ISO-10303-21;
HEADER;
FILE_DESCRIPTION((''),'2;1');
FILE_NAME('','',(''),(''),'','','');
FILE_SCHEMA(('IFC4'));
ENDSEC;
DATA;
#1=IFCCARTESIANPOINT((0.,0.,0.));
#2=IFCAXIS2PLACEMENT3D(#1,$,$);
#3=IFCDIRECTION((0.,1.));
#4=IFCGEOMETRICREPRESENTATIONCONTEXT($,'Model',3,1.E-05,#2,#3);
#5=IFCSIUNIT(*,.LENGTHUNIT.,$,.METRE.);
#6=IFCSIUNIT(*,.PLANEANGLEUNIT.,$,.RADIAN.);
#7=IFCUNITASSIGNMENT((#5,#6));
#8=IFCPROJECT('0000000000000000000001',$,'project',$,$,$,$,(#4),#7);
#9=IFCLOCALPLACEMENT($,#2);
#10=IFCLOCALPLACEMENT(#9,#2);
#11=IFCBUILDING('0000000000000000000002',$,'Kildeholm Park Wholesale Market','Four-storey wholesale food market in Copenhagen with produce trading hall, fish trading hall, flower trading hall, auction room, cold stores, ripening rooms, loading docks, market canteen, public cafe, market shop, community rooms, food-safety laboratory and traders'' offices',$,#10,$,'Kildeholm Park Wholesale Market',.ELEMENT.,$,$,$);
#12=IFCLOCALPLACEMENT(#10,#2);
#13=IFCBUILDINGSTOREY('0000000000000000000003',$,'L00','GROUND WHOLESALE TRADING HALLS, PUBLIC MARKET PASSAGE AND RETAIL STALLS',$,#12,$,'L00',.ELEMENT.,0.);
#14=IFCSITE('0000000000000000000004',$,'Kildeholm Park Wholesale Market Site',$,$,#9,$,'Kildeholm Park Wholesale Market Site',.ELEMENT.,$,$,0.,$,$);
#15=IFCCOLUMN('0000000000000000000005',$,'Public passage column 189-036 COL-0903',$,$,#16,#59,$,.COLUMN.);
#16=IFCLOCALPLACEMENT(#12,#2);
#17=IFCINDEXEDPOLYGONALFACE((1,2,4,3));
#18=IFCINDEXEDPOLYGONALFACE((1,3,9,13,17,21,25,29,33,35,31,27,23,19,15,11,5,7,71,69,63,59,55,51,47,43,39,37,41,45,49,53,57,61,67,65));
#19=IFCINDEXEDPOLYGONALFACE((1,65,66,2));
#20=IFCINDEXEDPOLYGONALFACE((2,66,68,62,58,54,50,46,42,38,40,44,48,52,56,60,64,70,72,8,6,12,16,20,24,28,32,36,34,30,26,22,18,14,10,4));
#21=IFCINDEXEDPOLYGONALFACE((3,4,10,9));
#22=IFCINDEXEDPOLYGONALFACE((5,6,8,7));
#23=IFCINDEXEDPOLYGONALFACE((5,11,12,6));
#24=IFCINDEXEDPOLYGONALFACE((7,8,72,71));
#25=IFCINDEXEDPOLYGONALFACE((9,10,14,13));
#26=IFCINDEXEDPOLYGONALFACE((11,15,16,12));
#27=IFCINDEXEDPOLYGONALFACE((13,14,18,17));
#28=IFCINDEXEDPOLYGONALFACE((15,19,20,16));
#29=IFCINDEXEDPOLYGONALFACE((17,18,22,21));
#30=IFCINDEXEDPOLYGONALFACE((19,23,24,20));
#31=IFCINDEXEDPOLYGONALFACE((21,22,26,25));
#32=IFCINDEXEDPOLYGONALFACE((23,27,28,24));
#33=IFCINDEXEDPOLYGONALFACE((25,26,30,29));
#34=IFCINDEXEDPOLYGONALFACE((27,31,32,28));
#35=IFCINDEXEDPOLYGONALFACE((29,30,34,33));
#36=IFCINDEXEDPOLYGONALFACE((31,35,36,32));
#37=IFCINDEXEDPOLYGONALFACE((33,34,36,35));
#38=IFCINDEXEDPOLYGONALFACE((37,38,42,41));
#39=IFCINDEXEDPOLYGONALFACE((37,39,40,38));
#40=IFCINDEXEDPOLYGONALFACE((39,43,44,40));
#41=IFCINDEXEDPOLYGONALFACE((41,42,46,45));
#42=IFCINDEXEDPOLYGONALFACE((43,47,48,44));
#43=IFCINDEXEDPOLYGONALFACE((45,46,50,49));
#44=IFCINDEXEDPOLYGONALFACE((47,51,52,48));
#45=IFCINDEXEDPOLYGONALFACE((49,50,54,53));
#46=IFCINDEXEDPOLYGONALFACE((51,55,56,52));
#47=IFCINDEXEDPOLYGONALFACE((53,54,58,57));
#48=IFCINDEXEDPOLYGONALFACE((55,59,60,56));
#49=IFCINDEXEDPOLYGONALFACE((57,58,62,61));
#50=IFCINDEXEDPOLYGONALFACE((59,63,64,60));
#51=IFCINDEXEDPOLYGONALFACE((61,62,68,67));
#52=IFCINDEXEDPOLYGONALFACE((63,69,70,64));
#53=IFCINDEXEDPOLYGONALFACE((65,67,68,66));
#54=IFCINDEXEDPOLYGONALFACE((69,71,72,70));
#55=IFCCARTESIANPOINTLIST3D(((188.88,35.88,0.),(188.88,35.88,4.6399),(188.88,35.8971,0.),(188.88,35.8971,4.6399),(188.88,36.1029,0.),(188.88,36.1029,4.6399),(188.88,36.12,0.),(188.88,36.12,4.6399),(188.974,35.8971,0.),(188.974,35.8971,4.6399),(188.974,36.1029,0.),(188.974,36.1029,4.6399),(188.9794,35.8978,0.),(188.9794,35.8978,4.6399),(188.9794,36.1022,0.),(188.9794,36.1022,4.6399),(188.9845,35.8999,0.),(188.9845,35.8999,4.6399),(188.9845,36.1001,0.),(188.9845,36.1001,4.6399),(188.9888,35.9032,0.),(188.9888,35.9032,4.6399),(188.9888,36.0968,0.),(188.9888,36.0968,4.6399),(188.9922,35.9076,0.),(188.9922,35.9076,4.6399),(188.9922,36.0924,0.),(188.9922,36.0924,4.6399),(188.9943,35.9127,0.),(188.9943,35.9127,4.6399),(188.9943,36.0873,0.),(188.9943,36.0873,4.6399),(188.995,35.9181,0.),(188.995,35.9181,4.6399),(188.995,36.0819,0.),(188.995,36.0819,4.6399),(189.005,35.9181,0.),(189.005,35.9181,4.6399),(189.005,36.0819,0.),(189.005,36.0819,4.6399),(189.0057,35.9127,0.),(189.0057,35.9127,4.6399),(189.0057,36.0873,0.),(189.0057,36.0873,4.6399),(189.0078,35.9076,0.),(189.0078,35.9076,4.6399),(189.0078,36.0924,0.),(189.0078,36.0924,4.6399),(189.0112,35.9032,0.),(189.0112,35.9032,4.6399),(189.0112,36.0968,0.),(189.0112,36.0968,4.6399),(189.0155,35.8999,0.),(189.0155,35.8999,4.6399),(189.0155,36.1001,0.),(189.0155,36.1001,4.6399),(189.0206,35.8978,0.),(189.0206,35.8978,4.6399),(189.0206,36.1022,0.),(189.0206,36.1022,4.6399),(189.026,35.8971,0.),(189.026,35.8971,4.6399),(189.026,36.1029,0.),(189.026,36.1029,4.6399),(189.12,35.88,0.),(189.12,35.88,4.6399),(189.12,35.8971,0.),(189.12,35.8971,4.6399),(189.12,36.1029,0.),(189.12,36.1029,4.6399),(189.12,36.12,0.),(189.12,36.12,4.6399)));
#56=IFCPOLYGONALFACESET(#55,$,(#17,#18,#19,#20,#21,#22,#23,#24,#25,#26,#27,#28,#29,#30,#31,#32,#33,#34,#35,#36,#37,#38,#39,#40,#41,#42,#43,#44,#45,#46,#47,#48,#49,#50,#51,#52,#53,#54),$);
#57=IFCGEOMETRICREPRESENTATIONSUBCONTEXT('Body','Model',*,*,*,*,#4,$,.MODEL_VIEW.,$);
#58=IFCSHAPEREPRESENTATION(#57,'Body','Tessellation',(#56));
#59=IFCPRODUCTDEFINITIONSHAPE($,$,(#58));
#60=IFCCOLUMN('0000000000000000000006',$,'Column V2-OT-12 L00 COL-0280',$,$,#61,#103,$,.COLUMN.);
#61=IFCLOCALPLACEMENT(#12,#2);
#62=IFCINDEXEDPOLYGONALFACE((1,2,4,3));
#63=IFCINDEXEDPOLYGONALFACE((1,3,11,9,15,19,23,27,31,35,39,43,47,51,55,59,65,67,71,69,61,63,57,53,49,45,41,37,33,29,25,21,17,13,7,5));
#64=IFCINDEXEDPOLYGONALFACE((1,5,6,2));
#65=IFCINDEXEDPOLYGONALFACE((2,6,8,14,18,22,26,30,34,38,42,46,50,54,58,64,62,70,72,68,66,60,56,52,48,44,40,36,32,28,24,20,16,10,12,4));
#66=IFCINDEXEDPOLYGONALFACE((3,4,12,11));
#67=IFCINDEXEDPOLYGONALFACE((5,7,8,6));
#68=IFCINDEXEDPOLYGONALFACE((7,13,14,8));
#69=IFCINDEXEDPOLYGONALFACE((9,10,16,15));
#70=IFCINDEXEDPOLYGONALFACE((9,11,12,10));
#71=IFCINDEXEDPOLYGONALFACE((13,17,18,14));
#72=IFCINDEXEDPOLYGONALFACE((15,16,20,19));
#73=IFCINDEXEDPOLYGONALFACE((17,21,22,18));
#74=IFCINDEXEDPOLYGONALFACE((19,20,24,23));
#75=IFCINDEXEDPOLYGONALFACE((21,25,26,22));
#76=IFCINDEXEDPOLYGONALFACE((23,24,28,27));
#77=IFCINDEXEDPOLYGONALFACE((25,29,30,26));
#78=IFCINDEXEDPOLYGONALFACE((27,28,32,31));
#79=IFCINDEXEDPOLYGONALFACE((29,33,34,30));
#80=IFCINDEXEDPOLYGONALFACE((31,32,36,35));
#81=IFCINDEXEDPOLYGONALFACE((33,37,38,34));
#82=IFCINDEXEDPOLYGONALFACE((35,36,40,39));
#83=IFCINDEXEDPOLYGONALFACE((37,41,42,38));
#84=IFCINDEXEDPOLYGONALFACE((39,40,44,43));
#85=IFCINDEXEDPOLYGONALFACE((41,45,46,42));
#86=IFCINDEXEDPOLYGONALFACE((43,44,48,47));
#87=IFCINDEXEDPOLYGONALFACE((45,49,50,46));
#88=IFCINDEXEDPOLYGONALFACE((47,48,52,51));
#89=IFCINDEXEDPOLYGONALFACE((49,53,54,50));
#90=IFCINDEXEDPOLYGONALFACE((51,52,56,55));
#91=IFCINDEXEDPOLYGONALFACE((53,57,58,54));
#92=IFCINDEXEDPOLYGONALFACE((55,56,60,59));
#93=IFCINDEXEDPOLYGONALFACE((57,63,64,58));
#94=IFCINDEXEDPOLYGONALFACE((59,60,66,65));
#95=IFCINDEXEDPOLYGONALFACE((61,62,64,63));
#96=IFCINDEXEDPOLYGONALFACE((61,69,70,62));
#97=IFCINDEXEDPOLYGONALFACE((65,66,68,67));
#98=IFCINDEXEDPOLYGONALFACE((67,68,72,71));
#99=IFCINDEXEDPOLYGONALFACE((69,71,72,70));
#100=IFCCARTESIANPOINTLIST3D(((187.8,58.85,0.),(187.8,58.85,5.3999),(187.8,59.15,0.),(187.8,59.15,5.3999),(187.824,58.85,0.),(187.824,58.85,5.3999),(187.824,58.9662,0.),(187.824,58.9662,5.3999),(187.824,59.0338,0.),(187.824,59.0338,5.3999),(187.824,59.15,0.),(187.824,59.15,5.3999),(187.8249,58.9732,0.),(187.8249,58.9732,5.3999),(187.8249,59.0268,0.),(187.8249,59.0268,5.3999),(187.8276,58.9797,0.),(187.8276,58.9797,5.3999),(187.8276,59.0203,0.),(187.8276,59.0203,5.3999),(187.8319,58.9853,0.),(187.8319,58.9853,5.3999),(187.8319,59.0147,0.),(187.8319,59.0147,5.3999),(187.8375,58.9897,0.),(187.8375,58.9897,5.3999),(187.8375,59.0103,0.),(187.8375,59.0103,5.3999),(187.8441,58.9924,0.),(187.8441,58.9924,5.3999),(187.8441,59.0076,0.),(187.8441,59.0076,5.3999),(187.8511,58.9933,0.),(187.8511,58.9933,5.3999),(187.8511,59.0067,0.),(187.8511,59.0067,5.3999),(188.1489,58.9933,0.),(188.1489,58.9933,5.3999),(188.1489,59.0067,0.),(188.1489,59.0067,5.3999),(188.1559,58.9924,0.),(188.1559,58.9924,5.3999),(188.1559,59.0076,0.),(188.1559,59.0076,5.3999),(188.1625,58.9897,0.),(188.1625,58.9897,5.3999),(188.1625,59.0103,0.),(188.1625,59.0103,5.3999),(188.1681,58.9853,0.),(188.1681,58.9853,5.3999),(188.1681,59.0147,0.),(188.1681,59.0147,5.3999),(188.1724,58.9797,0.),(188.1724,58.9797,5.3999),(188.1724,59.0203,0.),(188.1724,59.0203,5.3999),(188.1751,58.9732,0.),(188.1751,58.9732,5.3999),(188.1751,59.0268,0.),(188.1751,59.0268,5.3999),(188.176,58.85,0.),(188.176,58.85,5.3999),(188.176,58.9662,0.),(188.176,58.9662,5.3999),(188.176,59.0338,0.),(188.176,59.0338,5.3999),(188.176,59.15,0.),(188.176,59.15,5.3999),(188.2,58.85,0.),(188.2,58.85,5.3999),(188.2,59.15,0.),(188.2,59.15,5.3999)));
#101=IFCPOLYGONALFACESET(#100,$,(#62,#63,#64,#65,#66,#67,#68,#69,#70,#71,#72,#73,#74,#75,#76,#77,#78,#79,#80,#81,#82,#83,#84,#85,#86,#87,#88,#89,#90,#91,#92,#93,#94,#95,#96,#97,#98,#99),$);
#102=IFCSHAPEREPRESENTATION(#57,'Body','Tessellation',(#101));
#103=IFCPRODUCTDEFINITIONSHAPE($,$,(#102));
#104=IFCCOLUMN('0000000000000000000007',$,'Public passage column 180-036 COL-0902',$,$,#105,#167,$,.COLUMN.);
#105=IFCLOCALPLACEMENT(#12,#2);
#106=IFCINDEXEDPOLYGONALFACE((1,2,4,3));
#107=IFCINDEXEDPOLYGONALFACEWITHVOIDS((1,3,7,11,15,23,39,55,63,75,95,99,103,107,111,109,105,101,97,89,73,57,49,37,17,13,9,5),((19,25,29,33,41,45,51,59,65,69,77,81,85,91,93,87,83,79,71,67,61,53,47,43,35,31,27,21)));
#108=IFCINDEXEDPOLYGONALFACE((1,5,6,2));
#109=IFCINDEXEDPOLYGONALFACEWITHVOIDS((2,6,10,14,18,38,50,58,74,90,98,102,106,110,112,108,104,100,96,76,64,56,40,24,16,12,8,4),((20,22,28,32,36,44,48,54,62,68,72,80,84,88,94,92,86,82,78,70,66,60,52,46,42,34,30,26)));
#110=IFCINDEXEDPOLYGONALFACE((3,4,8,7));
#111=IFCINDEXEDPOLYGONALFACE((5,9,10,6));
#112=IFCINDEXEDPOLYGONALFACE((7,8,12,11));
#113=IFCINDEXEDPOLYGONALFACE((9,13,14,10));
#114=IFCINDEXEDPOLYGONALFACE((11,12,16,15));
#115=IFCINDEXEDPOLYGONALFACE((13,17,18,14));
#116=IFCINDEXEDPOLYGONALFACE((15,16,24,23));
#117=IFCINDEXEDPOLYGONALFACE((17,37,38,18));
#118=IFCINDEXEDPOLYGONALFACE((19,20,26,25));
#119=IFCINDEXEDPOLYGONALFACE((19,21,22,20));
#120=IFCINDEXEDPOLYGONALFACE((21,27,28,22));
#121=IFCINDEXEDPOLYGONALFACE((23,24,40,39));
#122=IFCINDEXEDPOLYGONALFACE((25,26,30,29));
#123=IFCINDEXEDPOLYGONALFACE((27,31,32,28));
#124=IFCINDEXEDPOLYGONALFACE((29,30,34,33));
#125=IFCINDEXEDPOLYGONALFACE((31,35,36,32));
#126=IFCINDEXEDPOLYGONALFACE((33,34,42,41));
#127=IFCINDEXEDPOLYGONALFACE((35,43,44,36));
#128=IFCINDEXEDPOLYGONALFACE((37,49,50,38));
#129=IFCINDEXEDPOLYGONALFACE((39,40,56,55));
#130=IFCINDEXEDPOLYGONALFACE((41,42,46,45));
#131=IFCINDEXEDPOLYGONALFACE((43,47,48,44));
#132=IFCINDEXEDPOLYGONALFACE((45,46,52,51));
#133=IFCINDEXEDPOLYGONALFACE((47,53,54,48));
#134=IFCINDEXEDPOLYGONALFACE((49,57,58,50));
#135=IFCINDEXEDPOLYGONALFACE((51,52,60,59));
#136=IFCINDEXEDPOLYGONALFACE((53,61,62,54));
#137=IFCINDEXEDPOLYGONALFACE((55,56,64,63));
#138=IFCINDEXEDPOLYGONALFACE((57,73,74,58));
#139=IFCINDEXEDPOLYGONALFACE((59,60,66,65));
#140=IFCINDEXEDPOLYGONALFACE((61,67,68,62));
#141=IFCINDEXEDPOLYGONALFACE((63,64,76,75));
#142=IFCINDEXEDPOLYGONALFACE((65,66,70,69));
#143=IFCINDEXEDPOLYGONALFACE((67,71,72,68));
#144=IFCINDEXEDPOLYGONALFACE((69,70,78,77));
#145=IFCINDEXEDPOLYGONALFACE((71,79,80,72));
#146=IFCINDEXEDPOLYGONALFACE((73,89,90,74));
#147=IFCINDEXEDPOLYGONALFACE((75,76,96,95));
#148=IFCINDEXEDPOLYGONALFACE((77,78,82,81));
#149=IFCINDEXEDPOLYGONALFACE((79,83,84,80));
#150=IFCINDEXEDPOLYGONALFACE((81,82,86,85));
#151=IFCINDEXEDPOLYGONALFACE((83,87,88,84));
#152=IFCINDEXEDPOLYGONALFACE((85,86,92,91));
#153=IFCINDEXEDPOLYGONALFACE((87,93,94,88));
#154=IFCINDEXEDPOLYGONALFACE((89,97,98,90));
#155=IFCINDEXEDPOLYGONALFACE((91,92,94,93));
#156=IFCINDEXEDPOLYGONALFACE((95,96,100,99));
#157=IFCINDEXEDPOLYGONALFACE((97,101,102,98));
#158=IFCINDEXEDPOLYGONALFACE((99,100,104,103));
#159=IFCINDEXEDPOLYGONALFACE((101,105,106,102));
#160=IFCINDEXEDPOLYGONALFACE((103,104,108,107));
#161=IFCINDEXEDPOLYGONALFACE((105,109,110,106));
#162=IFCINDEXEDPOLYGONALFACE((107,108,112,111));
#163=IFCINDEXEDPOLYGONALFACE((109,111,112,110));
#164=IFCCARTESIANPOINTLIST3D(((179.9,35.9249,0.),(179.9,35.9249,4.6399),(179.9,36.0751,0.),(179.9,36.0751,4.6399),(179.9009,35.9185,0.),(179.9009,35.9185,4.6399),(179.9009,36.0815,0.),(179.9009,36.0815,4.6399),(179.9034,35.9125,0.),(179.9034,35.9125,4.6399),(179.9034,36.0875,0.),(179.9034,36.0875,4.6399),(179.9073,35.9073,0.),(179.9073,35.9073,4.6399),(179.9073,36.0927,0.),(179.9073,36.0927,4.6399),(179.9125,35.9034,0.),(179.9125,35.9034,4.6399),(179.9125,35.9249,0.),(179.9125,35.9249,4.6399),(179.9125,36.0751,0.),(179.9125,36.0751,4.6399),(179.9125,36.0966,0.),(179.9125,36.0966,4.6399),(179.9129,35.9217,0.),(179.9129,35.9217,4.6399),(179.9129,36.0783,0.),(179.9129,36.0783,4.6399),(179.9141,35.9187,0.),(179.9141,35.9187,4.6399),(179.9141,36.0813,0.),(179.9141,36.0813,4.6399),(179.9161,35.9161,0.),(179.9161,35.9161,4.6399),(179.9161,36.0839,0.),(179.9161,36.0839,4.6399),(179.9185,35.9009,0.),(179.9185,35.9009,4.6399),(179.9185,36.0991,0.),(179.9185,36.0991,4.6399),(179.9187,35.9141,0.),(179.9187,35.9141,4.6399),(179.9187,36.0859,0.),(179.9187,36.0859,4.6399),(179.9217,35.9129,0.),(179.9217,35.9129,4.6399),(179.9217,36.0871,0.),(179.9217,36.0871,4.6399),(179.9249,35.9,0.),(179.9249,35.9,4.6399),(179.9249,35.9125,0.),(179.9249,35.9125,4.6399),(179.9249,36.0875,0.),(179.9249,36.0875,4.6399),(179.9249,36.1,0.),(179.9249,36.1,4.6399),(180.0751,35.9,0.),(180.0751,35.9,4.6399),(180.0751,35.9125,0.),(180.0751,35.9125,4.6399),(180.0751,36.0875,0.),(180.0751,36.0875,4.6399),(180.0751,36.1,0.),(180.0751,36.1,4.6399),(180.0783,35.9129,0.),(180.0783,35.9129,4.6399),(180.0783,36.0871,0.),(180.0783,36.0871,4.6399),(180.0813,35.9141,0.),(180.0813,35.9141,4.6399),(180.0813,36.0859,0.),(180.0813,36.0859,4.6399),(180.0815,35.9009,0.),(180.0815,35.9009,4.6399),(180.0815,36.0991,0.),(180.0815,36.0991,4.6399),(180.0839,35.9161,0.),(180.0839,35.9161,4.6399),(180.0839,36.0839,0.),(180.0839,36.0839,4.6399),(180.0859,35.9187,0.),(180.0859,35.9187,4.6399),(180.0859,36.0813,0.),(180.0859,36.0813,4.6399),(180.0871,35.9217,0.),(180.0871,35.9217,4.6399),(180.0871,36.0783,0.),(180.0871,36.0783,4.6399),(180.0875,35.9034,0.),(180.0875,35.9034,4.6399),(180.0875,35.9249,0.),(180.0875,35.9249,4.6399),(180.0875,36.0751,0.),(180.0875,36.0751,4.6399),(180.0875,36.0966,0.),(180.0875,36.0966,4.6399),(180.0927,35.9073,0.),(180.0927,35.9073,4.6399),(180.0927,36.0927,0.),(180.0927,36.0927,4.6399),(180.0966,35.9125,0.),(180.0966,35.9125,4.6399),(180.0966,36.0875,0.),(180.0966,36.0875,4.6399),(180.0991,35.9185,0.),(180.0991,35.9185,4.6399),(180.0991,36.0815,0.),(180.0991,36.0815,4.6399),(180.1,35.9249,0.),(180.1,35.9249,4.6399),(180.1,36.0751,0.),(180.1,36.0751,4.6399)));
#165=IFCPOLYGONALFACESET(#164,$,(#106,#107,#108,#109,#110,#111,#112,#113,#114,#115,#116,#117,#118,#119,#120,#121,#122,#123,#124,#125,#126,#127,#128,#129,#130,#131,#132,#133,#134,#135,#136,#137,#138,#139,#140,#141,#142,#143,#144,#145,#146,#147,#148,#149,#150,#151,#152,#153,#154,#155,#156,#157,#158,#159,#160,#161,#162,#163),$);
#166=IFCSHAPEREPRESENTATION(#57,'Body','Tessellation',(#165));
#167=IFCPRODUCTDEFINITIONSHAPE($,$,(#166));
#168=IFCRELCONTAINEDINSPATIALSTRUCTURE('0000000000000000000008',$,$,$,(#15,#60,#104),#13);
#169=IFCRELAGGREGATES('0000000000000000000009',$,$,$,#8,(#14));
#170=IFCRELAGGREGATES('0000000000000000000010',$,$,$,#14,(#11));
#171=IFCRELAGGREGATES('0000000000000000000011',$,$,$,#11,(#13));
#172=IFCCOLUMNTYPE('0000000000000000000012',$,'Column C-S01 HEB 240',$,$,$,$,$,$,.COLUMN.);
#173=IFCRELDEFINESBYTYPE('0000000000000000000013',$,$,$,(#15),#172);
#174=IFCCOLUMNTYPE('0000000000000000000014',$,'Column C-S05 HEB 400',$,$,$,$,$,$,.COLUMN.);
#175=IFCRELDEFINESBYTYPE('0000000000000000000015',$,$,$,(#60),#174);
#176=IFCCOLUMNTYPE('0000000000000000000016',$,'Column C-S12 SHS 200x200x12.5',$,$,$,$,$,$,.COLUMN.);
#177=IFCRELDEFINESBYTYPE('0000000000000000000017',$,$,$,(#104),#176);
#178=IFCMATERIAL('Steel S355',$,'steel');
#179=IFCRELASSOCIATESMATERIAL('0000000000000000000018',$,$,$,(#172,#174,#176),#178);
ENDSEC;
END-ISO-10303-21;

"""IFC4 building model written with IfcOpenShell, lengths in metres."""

from ifc_helpers import new_model, si_unit, direction, frame, origin, origin_2d, place, context, subcontext, project, spatial, hollow_rectangle, i_section, extrude, material, material_profile, profile_set, type_object, element, save


model = new_model("IFC4")

# Units and contexts
model_context = context("Model", 3, precision=1e-05, world=origin(), true_north=direction((0.0, 1.0)))
body_context = subcontext(model_context, "Body", "Model", "MODEL_VIEW")
ifc_project = project(units=[si_unit("LENGTHUNIT", "METRE"), si_unit("PLANEANGLEUNIT", "RADIAN")], contexts=[model_context])

# Site, building, storey
site_placement = place(None, origin())
site = spatial("IfcSite", under=ifc_project, at=site_placement, Name="Kildeholm Park Wholesale Market Site", LongName="Kildeholm Park Wholesale Market Site", CompositionType="ELEMENT", RefElevation=0.0)
building_placement = place(site_placement, origin())
building = spatial("IfcBuilding", under=site, at=building_placement, Name="Kildeholm Park Wholesale Market", Description="Four-storey wholesale food market in Copenhagen with produce trading hall, fish trading hall, flower trading hall, auction room, cold stores, ripening rooms, loading docks, market canteen, public cafe, market shop, community rooms, food-safety laboratory and traders' offices", LongName="Kildeholm Park Wholesale Market", CompositionType="ELEMENT")
storey_placement = place(building_placement, origin())
storey = spatial("IfcBuildingStorey", under=building, at=storey_placement, Name="L00", Description="GROUND WHOLESALE TRADING HALLS, PUBLIC MARKET PASSAGE AND RETAIL STALLS", LongName="L00", CompositionType="ELEMENT", Elevation=0.0)

# Columns
ifc_material_1 = material(Name="Steel S355", Category="steel")
ifc_material_profile_1 = material_profile(ifc_material_1, i_section(OverallWidth=0.24, OverallDepth=0.24, WebThickness=0.01, FlangeThickness=0.0171, FilletRadius=0.021, at=origin_2d()), Name="HEB 240")
ifc_profile_set_1 = profile_set([ifc_material_profile_1], Name="Steel S355")
column_type_1 = type_object("IfcColumnType", Name="Column C-S01 HEB 240", PredefinedType="COLUMN", material=ifc_profile_set_1)
for number, where, z_axis, x_axis, name in (
    (1, (189.0, 36.0, 0.0), (0.0, 0.0, 1.0), (1.0, 0.0, 0.0), "Public passage column 189-036 COL-0903"),
):
    element("IfcColumn", number, at=place(storey_placement, frame(where, z_axis=z_axis, x_axis=x_axis)), inside=storey, type_object=column_type_1, Name=name, PredefinedType="COLUMN", context=body_context, shape_type="SweptSolid", body=[
        extrude(i_section(OverallWidth=0.24, OverallDepth=0.24, WebThickness=0.01, FlangeThickness=0.0171, FilletRadius=0.021, at=origin_2d()), origin(), (0.0, 0.0, 1.0), 4.6399),
    ])
ifc_material_profile_2 = material_profile(ifc_material_1, i_section(OverallWidth=0.3, OverallDepth=0.3999, WebThickness=0.0134, FlangeThickness=0.0239, FilletRadius=0.0271, at=origin_2d()), Name="HEB 400")
ifc_profile_set_2 = profile_set([ifc_material_profile_2], Name="Steel S355")
column_type_2 = type_object("IfcColumnType", Name="Column C-S05 HEB 400", PredefinedType="COLUMN", material=ifc_profile_set_2)
column_1_placement = place(storey_placement, frame((188.0, 59.0, 0.0), z_axis=(0.0, 0.0, 1.0), x_axis=(0.0, -1.0, 0.0)))
element("IfcColumn", 2, at=column_1_placement, inside=storey, type_object=column_type_2, Name="Column V2-OT-12 L00 COL-0280", PredefinedType="COLUMN", context=body_context, shape_type="SweptSolid", body=[
    extrude(i_section(OverallWidth=0.3, OverallDepth=0.3999, WebThickness=0.0134, FlangeThickness=0.0239, FilletRadius=0.0271, at=origin_2d()), origin(), (0.0, 0.0, 1.0), 5.3999),
])
ifc_material_profile_3 = material_profile(ifc_material_1, hollow_rectangle(XDim=0.2, YDim=0.2, WallThickness=0.0125, InnerFilletRadius=0.0125, OuterFilletRadius=0.0249, at=origin_2d()), Name="SHS 200x200x12.5")
ifc_profile_set_3 = profile_set([ifc_material_profile_3], Name="Steel S355")
column_type_3 = type_object("IfcColumnType", Name="Column C-S12 SHS 200x200x12.5", PredefinedType="COLUMN", material=ifc_profile_set_3)
column_2_placement = place(storey_placement, frame((180.0, 36.0, 0.0), z_axis=(0.0, 0.0, 1.0), x_axis=(1.0, 0.0, 0.0)))
element("IfcColumn", 3, at=column_2_placement, inside=storey, type_object=column_type_3, Name="Public passage column 180-036 COL-0902", PredefinedType="COLUMN", context=body_context, shape_type="SweptSolid", body=[
    extrude(hollow_rectangle(XDim=0.2, YDim=0.2, WallThickness=0.0125, InnerFilletRadius=0.0125, OuterFilletRadius=0.0249, at=origin_2d()), origin(), (0.0, 0.0, 1.0), 4.6399),
])

save(model, "model.ifc")
